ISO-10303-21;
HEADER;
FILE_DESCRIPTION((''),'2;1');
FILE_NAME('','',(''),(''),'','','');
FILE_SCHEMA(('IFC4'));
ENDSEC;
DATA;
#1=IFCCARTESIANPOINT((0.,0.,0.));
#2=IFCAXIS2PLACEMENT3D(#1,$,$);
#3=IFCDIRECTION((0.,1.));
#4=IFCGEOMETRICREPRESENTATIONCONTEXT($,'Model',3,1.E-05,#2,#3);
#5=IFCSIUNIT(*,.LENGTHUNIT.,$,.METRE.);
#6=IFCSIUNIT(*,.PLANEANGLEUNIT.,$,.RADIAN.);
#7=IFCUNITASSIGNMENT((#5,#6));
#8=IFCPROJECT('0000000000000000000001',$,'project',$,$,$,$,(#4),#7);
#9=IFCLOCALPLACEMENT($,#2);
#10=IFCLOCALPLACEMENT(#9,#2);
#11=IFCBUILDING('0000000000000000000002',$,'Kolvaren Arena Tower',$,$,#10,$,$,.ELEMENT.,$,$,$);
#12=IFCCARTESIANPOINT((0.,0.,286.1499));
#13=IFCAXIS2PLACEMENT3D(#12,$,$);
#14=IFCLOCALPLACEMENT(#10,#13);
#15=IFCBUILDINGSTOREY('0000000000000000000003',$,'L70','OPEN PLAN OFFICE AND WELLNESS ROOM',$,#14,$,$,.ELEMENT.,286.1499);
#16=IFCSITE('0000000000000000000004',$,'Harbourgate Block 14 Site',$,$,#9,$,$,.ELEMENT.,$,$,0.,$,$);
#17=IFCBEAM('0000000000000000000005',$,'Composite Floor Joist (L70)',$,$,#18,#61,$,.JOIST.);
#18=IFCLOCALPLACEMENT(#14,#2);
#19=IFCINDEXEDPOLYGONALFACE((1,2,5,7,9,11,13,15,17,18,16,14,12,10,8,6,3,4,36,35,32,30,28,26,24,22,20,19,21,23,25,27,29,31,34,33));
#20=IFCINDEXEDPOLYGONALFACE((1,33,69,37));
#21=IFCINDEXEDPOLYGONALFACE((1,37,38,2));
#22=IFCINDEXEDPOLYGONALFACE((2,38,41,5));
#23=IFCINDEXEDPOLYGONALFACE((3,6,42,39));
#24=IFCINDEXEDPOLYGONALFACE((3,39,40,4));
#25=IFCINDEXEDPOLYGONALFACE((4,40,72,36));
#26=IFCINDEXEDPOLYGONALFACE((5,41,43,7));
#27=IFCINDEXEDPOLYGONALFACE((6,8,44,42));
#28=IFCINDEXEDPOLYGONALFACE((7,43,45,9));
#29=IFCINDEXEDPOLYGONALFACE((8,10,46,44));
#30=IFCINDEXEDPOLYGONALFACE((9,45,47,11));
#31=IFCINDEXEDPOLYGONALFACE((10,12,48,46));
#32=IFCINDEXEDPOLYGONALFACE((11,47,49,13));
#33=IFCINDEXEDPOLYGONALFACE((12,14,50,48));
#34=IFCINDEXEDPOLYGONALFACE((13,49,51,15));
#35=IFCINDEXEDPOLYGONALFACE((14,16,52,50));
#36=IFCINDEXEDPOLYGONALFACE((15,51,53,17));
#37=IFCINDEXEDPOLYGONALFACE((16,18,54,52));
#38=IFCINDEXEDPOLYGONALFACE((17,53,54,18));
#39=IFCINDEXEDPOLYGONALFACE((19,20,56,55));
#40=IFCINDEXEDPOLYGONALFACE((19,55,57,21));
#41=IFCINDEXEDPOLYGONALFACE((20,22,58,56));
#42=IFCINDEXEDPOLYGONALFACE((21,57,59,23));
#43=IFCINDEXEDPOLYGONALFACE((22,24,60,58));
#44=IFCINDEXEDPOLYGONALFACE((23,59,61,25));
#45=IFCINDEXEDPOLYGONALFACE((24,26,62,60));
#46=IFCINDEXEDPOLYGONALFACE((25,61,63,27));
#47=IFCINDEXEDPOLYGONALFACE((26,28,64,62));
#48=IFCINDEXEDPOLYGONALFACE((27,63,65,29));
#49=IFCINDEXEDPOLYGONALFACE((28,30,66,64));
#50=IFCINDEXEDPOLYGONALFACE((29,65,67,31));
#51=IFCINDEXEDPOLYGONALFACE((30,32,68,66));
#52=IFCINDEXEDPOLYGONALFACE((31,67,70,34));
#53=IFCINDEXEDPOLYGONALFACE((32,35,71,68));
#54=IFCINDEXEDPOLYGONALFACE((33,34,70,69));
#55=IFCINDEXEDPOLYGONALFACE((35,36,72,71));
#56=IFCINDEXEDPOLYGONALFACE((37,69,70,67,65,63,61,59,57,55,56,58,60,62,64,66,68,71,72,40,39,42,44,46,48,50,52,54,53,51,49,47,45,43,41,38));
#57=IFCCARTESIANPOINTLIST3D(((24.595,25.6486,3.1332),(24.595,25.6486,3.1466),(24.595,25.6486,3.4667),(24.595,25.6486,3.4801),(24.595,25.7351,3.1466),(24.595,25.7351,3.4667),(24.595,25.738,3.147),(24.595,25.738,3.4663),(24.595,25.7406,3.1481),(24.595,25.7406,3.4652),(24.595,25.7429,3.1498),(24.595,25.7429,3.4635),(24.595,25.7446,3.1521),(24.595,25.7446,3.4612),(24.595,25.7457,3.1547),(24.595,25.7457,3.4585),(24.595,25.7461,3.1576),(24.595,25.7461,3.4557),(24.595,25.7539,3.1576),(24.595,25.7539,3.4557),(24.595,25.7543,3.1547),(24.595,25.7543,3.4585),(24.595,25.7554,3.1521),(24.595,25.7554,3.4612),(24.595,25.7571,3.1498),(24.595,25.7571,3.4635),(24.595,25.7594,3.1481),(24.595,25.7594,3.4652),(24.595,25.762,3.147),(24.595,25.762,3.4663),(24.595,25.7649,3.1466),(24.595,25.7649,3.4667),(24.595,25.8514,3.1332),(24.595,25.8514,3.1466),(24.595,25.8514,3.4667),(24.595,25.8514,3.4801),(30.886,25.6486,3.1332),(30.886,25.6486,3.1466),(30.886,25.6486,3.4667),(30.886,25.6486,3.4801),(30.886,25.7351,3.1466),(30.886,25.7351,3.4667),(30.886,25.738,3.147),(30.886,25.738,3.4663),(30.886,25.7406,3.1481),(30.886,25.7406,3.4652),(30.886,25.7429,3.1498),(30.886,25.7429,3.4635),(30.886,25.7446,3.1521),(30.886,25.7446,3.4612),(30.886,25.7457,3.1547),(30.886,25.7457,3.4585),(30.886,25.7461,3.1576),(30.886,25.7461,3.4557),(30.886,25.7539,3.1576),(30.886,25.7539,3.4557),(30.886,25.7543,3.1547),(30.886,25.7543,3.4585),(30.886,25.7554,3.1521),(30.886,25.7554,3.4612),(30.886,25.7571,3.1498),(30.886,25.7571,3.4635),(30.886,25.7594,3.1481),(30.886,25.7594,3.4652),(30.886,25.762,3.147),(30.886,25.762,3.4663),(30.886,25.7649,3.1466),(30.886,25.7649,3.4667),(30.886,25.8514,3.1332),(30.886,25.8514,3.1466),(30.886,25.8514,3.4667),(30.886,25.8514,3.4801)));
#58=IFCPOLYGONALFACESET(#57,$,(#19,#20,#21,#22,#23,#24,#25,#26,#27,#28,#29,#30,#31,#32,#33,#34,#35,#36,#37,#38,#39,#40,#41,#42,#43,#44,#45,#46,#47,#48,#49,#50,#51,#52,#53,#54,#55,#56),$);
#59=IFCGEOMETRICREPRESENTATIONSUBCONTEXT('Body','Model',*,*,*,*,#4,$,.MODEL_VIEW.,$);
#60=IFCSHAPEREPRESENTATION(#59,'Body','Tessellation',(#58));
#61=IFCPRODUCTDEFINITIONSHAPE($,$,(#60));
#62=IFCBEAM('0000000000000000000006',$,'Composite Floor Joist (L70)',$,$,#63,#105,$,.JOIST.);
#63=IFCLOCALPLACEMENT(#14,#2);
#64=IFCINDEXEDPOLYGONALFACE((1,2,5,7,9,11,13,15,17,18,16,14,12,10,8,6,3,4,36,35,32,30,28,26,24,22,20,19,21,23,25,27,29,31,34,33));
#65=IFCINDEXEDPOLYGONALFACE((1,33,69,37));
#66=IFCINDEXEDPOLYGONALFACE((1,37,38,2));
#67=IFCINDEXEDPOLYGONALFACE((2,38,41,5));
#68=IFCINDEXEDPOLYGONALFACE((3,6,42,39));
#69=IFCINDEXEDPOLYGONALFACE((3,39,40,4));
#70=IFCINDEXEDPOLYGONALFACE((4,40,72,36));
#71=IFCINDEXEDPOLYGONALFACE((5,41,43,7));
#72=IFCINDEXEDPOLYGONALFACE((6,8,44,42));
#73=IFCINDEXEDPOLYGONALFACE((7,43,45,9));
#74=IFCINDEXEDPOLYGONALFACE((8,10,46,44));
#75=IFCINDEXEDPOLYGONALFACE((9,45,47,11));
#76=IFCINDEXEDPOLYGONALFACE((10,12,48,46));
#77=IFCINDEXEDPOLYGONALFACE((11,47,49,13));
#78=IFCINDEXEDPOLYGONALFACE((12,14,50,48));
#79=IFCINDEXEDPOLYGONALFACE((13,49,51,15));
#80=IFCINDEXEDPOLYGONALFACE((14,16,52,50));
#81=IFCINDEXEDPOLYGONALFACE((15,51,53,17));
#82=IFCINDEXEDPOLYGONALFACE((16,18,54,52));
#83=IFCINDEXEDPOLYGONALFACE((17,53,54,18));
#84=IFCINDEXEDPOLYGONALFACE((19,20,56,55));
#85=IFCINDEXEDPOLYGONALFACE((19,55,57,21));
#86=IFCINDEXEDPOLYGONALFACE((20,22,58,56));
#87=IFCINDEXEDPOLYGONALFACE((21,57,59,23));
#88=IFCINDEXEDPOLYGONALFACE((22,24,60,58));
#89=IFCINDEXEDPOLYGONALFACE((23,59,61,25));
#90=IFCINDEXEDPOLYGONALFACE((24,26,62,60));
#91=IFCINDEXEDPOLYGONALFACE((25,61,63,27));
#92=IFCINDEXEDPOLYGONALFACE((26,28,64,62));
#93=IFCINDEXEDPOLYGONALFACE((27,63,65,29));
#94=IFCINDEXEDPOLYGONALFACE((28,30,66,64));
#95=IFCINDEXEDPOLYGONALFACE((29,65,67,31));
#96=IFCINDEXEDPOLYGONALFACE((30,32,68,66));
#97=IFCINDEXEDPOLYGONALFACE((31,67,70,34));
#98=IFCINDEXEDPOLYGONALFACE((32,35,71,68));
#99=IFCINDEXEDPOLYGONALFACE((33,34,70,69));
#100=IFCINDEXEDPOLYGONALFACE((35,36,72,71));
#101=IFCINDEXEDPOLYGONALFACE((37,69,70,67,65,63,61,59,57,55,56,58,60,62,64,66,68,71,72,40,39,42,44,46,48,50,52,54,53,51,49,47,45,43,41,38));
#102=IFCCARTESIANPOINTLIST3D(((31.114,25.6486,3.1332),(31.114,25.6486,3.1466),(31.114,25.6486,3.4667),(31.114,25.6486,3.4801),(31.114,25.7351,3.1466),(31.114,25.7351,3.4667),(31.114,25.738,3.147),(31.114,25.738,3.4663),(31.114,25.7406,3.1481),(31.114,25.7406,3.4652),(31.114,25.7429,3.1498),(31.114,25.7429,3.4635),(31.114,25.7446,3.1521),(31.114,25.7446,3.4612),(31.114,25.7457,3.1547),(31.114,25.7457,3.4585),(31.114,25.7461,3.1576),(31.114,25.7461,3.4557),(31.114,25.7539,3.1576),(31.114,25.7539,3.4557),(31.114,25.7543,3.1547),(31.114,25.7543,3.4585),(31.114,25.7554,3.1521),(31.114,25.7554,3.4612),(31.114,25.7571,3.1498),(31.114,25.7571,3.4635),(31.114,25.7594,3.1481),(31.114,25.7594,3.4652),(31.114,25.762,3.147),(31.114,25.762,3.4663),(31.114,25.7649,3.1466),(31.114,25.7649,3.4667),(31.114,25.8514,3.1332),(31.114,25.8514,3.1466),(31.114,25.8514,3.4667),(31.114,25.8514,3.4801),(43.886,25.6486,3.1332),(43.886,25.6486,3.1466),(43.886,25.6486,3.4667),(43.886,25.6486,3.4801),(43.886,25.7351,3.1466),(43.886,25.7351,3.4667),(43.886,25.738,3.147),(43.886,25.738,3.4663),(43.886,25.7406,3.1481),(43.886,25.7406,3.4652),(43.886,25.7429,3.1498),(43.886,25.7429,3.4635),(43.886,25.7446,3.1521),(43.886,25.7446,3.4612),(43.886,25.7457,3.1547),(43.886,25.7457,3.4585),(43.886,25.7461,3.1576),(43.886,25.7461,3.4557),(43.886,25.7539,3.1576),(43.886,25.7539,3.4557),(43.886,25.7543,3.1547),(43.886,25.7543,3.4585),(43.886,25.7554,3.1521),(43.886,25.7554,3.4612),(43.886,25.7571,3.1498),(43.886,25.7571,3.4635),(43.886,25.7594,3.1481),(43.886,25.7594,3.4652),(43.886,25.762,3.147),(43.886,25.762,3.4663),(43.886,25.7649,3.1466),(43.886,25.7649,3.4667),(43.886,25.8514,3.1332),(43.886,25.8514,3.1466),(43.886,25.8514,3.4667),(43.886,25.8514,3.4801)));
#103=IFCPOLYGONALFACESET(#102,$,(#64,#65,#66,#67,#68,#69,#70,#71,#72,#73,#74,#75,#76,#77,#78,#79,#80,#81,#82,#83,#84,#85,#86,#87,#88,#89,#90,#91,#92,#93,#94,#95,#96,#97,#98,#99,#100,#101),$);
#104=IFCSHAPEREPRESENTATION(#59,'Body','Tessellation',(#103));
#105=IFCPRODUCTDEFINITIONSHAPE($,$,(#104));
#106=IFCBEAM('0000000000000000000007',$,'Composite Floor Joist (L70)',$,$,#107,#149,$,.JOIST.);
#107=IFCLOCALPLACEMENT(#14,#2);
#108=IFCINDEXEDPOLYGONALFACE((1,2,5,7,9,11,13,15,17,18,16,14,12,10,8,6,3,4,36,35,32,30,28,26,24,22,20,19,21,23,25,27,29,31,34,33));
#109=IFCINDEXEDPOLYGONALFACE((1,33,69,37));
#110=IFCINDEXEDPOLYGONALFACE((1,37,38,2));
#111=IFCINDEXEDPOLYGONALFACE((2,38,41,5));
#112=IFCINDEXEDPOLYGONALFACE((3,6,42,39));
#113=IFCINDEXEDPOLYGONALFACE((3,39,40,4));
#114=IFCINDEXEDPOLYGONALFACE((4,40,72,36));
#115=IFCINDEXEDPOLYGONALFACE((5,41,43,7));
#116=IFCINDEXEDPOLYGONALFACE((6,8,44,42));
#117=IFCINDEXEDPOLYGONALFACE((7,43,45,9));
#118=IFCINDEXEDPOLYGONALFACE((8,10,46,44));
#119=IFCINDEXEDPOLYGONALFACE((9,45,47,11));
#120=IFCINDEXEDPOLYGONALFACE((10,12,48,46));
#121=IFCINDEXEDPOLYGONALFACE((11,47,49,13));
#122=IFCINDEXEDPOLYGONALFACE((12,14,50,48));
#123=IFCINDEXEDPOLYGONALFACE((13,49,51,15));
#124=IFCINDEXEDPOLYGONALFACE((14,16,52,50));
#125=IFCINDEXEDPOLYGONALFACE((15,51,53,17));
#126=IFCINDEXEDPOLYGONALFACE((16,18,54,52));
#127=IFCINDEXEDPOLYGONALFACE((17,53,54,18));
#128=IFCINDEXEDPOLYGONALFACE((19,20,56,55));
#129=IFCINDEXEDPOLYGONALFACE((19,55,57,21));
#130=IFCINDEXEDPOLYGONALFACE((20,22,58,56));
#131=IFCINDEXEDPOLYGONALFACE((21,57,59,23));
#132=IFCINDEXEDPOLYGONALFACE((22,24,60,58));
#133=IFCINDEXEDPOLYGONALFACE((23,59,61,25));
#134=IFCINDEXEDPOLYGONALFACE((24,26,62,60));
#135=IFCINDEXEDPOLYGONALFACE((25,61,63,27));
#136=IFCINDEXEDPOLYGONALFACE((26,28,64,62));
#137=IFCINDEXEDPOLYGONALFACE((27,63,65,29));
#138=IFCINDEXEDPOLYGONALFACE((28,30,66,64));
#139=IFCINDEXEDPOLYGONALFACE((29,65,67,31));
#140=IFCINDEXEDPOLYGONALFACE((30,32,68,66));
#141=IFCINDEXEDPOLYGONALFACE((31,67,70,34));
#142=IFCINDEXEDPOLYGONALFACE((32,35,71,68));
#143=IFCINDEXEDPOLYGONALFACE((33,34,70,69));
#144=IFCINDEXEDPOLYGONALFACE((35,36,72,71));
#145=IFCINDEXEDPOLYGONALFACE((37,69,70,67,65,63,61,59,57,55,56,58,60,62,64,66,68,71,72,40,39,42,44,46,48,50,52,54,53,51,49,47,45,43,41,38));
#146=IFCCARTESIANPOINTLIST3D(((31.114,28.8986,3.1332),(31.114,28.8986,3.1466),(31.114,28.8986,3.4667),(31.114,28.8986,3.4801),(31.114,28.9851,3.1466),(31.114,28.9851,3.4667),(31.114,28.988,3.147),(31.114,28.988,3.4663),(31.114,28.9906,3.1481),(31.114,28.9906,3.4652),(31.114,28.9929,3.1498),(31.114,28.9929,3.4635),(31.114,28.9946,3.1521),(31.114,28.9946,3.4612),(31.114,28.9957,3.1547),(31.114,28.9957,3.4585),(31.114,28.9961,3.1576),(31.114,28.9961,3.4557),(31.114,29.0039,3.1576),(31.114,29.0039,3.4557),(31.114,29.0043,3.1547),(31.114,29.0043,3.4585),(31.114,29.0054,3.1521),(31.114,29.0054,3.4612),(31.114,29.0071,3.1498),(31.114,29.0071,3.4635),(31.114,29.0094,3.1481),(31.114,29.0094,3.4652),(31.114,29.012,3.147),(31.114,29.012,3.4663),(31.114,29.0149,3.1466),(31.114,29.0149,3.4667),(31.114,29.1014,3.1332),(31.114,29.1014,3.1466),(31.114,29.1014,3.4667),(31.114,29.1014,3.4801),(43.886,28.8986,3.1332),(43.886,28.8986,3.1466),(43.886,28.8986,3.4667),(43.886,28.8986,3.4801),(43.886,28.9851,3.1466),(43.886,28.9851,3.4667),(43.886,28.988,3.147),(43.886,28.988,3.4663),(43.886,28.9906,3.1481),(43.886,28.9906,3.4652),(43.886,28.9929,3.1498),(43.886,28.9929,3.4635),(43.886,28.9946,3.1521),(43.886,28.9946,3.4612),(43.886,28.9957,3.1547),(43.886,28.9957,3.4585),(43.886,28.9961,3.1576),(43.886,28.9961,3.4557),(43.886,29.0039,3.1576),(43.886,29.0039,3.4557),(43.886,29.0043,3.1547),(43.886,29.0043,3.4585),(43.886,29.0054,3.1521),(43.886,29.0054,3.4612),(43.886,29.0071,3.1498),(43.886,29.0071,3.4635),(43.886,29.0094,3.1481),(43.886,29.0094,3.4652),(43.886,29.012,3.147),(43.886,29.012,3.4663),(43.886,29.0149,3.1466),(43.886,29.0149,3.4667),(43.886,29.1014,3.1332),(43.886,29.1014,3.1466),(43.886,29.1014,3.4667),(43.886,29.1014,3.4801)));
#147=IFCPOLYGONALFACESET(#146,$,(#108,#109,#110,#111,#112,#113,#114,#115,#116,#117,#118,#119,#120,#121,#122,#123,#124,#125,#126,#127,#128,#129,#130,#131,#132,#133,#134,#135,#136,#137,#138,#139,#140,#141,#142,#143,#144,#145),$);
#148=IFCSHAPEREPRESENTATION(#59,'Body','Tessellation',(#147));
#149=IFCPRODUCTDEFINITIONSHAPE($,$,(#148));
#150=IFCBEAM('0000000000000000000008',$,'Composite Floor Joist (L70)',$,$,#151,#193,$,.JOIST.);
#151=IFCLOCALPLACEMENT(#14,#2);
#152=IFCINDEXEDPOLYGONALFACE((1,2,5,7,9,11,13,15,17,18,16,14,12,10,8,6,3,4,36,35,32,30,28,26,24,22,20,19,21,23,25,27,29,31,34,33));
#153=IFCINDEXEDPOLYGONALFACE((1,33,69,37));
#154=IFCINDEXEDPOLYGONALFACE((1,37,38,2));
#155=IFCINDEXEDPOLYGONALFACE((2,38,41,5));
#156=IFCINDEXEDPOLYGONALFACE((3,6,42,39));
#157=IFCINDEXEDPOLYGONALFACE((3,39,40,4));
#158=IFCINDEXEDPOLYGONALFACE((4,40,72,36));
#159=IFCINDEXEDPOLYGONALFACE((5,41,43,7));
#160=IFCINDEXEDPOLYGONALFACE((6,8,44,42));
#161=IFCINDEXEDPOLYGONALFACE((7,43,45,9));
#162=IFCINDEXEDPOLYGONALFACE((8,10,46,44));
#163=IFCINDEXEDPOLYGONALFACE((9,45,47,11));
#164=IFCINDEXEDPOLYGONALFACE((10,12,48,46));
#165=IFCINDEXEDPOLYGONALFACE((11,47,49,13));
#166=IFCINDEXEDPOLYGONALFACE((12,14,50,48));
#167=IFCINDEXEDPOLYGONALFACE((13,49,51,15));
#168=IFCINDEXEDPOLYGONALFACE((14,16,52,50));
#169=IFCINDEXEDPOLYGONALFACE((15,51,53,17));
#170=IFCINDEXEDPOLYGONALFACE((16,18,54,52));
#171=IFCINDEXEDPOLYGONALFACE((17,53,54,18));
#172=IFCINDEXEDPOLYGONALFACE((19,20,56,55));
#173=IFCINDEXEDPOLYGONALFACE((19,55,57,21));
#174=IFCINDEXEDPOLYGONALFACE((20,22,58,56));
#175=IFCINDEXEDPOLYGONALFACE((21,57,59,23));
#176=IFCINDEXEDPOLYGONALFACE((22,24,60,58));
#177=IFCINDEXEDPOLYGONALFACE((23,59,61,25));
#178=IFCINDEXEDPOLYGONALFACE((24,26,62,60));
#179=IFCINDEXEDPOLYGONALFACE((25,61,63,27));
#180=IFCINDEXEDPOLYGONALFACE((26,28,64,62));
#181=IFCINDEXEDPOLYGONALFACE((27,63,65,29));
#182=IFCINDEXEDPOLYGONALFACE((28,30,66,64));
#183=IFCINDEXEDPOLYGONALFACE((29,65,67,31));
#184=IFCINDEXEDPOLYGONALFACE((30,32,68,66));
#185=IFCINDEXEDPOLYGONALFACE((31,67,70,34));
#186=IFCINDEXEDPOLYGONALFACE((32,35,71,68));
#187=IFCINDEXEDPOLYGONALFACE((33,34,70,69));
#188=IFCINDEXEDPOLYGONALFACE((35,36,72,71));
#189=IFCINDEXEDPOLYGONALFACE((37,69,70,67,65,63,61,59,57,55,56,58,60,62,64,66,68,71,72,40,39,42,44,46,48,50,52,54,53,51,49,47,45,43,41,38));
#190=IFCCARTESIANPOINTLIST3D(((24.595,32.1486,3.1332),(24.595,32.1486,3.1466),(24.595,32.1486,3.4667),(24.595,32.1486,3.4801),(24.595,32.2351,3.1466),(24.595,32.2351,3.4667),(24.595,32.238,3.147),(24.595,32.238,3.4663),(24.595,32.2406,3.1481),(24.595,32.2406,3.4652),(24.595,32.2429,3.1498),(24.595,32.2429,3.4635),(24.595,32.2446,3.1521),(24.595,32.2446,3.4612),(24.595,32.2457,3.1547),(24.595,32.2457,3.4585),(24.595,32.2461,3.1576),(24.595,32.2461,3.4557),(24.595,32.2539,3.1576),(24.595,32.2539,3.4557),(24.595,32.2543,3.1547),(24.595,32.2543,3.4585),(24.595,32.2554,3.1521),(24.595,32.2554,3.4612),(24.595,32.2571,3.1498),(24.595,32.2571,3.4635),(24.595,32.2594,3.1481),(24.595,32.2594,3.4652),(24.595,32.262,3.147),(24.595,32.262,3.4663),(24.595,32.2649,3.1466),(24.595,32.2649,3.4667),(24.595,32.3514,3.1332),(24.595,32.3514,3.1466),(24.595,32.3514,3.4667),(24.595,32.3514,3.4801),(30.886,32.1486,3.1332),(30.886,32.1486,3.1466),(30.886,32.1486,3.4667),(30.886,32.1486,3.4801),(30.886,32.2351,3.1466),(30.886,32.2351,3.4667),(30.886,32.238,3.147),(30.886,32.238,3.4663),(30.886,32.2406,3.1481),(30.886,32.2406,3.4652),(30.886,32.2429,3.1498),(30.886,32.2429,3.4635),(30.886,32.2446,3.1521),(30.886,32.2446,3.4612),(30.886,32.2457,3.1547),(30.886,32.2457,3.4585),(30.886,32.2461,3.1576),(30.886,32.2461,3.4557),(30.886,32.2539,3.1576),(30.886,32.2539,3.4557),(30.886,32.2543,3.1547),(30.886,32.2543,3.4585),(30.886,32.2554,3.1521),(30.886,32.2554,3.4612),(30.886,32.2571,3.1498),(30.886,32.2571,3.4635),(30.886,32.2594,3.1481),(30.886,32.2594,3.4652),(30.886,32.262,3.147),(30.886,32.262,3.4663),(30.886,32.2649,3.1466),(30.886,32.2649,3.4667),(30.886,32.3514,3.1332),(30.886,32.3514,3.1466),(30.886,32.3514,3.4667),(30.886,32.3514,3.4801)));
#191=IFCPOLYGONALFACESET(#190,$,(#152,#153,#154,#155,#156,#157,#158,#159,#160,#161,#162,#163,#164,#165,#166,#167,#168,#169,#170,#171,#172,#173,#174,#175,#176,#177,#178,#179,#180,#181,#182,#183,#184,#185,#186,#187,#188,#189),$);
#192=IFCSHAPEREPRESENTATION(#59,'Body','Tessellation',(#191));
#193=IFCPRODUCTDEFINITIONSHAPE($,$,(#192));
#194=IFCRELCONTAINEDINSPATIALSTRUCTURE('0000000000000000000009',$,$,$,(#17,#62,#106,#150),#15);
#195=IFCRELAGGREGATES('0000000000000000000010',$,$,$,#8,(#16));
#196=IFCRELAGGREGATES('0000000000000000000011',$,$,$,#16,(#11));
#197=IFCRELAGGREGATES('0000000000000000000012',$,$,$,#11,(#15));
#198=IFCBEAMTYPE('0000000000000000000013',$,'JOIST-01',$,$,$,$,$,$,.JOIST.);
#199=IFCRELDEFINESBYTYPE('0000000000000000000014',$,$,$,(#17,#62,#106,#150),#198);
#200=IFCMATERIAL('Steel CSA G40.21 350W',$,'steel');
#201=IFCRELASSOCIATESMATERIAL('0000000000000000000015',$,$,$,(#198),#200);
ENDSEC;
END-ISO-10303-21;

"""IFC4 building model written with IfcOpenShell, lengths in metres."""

from ifc_helpers import new_model, si_unit, direction, frame, origin, origin_2d, place, context, subcontext, project, spatial, i_section, extrude, material, material_profile, profile_set, type_object, element, save


model = new_model("IFC4")

# Units and contexts
model_context = context("Model", 3, precision=1e-05, world=origin(), true_north=direction((0.0, 1.0)))
body_context = subcontext(model_context, "Body", "Model", "MODEL_VIEW")
ifc_project = project(units=[si_unit("LENGTHUNIT", "METRE"), si_unit("PLANEANGLEUNIT", "RADIAN")], contexts=[model_context])

# Site, building, storey
site_placement = place(None, origin())
site = spatial("IfcSite", under=ifc_project, at=site_placement, Name="Harbourgate Block 14 Site", CompositionType="ELEMENT", RefElevation=0.0)
building_placement = place(site_placement, origin())
building = spatial("IfcBuilding", under=site, at=building_placement, Name="Kolvaren Arena Tower", CompositionType="ELEMENT")
storey_placement = place(building_placement, frame((0.0, 0.0, 286.1499)))
storey = spatial("IfcBuildingStorey", under=building, at=storey_placement, Name="L70", Description="OPEN PLAN OFFICE AND WELLNESS ROOM", CompositionType="ELEMENT", Elevation=286.1499)

# Beams
ifc_material_1 = material(Name="Steel CSA G40.21 350W", Category="steel")
ifc_material_profile_1 = material_profile(ifc_material_1, i_section(OverallWidth=0.2029, OverallDepth=0.3469, WebThickness=0.0078, FlangeThickness=0.0134, FilletRadius=0.011, at=origin_2d()), Name="W360x64")
ifc_profile_set_1 = profile_set([ifc_material_profile_1], Name="Steel CSA G40.21 350W")
beam_type_1 = type_object("IfcBeamType", Name="JOIST-01", PredefinedType="JOIST", material=ifc_profile_set_1)
beam_1_placement = place(storey_placement, frame((24.595, 25.75, 3.3066), z_axis=(1.0, 0.0, 0.0), x_axis=(0.0, 1.0, 0.0)))
element("IfcBeam", 1, at=beam_1_placement, inside=storey, type_object=beam_type_1, Name="Composite Floor Joist (L70)", PredefinedType="JOIST", context=body_context, shape_type="SweptSolid", body=[
    extrude(i_section(OverallWidth=0.2029, OverallDepth=0.3469, WebThickness=0.0078, FlangeThickness=0.0134, FilletRadius=0.011, at=origin_2d()), origin(), (0.0, 0.0, 1.0), 6.291),
])
for number, where, z_axis, x_axis, name in (
    (2, (31.114, 25.75, 3.3066), (1.0, 0.0, 0.0), (0.0, 1.0, 0.0), "Composite Floor Joist (L70)"),
    (3, (31.114, 29.0, 3.3066), (1.0, 0.0, 0.0), (0.0, 1.0, 0.0), "Composite Floor Joist (L70)"),
):
    element("IfcBeam", number, at=place(storey_placement, frame(where, z_axis=z_axis, x_axis=x_axis)), inside=storey, type_object=beam_type_1, Name=name, PredefinedType="JOIST", context=body_context, shape_type="SweptSolid", body=[
        extrude(i_section(OverallWidth=0.2029, OverallDepth=0.3469, WebThickness=0.0078, FlangeThickness=0.0134, FilletRadius=0.011, at=origin_2d()), origin(), (0.0, 0.0, 1.0), 12.772),
    ])
beam_2_placement = place(storey_placement, frame((24.595, 32.25, 3.3066), z_axis=(1.0, 0.0, 0.0), x_axis=(0.0, 1.0, 0.0)))
element("IfcBeam", 4, at=beam_2_placement, inside=storey, type_object=beam_type_1, Name="Composite Floor Joist (L70)", PredefinedType="JOIST", context=body_context, shape_type="SweptSolid", body=[
    extrude(i_section(OverallWidth=0.2029, OverallDepth=0.3469, WebThickness=0.0078, FlangeThickness=0.0134, FilletRadius=0.011, at=origin_2d()), origin(), (0.0, 0.0, 1.0), 6.291),
])

save(model, "model.ifc")
